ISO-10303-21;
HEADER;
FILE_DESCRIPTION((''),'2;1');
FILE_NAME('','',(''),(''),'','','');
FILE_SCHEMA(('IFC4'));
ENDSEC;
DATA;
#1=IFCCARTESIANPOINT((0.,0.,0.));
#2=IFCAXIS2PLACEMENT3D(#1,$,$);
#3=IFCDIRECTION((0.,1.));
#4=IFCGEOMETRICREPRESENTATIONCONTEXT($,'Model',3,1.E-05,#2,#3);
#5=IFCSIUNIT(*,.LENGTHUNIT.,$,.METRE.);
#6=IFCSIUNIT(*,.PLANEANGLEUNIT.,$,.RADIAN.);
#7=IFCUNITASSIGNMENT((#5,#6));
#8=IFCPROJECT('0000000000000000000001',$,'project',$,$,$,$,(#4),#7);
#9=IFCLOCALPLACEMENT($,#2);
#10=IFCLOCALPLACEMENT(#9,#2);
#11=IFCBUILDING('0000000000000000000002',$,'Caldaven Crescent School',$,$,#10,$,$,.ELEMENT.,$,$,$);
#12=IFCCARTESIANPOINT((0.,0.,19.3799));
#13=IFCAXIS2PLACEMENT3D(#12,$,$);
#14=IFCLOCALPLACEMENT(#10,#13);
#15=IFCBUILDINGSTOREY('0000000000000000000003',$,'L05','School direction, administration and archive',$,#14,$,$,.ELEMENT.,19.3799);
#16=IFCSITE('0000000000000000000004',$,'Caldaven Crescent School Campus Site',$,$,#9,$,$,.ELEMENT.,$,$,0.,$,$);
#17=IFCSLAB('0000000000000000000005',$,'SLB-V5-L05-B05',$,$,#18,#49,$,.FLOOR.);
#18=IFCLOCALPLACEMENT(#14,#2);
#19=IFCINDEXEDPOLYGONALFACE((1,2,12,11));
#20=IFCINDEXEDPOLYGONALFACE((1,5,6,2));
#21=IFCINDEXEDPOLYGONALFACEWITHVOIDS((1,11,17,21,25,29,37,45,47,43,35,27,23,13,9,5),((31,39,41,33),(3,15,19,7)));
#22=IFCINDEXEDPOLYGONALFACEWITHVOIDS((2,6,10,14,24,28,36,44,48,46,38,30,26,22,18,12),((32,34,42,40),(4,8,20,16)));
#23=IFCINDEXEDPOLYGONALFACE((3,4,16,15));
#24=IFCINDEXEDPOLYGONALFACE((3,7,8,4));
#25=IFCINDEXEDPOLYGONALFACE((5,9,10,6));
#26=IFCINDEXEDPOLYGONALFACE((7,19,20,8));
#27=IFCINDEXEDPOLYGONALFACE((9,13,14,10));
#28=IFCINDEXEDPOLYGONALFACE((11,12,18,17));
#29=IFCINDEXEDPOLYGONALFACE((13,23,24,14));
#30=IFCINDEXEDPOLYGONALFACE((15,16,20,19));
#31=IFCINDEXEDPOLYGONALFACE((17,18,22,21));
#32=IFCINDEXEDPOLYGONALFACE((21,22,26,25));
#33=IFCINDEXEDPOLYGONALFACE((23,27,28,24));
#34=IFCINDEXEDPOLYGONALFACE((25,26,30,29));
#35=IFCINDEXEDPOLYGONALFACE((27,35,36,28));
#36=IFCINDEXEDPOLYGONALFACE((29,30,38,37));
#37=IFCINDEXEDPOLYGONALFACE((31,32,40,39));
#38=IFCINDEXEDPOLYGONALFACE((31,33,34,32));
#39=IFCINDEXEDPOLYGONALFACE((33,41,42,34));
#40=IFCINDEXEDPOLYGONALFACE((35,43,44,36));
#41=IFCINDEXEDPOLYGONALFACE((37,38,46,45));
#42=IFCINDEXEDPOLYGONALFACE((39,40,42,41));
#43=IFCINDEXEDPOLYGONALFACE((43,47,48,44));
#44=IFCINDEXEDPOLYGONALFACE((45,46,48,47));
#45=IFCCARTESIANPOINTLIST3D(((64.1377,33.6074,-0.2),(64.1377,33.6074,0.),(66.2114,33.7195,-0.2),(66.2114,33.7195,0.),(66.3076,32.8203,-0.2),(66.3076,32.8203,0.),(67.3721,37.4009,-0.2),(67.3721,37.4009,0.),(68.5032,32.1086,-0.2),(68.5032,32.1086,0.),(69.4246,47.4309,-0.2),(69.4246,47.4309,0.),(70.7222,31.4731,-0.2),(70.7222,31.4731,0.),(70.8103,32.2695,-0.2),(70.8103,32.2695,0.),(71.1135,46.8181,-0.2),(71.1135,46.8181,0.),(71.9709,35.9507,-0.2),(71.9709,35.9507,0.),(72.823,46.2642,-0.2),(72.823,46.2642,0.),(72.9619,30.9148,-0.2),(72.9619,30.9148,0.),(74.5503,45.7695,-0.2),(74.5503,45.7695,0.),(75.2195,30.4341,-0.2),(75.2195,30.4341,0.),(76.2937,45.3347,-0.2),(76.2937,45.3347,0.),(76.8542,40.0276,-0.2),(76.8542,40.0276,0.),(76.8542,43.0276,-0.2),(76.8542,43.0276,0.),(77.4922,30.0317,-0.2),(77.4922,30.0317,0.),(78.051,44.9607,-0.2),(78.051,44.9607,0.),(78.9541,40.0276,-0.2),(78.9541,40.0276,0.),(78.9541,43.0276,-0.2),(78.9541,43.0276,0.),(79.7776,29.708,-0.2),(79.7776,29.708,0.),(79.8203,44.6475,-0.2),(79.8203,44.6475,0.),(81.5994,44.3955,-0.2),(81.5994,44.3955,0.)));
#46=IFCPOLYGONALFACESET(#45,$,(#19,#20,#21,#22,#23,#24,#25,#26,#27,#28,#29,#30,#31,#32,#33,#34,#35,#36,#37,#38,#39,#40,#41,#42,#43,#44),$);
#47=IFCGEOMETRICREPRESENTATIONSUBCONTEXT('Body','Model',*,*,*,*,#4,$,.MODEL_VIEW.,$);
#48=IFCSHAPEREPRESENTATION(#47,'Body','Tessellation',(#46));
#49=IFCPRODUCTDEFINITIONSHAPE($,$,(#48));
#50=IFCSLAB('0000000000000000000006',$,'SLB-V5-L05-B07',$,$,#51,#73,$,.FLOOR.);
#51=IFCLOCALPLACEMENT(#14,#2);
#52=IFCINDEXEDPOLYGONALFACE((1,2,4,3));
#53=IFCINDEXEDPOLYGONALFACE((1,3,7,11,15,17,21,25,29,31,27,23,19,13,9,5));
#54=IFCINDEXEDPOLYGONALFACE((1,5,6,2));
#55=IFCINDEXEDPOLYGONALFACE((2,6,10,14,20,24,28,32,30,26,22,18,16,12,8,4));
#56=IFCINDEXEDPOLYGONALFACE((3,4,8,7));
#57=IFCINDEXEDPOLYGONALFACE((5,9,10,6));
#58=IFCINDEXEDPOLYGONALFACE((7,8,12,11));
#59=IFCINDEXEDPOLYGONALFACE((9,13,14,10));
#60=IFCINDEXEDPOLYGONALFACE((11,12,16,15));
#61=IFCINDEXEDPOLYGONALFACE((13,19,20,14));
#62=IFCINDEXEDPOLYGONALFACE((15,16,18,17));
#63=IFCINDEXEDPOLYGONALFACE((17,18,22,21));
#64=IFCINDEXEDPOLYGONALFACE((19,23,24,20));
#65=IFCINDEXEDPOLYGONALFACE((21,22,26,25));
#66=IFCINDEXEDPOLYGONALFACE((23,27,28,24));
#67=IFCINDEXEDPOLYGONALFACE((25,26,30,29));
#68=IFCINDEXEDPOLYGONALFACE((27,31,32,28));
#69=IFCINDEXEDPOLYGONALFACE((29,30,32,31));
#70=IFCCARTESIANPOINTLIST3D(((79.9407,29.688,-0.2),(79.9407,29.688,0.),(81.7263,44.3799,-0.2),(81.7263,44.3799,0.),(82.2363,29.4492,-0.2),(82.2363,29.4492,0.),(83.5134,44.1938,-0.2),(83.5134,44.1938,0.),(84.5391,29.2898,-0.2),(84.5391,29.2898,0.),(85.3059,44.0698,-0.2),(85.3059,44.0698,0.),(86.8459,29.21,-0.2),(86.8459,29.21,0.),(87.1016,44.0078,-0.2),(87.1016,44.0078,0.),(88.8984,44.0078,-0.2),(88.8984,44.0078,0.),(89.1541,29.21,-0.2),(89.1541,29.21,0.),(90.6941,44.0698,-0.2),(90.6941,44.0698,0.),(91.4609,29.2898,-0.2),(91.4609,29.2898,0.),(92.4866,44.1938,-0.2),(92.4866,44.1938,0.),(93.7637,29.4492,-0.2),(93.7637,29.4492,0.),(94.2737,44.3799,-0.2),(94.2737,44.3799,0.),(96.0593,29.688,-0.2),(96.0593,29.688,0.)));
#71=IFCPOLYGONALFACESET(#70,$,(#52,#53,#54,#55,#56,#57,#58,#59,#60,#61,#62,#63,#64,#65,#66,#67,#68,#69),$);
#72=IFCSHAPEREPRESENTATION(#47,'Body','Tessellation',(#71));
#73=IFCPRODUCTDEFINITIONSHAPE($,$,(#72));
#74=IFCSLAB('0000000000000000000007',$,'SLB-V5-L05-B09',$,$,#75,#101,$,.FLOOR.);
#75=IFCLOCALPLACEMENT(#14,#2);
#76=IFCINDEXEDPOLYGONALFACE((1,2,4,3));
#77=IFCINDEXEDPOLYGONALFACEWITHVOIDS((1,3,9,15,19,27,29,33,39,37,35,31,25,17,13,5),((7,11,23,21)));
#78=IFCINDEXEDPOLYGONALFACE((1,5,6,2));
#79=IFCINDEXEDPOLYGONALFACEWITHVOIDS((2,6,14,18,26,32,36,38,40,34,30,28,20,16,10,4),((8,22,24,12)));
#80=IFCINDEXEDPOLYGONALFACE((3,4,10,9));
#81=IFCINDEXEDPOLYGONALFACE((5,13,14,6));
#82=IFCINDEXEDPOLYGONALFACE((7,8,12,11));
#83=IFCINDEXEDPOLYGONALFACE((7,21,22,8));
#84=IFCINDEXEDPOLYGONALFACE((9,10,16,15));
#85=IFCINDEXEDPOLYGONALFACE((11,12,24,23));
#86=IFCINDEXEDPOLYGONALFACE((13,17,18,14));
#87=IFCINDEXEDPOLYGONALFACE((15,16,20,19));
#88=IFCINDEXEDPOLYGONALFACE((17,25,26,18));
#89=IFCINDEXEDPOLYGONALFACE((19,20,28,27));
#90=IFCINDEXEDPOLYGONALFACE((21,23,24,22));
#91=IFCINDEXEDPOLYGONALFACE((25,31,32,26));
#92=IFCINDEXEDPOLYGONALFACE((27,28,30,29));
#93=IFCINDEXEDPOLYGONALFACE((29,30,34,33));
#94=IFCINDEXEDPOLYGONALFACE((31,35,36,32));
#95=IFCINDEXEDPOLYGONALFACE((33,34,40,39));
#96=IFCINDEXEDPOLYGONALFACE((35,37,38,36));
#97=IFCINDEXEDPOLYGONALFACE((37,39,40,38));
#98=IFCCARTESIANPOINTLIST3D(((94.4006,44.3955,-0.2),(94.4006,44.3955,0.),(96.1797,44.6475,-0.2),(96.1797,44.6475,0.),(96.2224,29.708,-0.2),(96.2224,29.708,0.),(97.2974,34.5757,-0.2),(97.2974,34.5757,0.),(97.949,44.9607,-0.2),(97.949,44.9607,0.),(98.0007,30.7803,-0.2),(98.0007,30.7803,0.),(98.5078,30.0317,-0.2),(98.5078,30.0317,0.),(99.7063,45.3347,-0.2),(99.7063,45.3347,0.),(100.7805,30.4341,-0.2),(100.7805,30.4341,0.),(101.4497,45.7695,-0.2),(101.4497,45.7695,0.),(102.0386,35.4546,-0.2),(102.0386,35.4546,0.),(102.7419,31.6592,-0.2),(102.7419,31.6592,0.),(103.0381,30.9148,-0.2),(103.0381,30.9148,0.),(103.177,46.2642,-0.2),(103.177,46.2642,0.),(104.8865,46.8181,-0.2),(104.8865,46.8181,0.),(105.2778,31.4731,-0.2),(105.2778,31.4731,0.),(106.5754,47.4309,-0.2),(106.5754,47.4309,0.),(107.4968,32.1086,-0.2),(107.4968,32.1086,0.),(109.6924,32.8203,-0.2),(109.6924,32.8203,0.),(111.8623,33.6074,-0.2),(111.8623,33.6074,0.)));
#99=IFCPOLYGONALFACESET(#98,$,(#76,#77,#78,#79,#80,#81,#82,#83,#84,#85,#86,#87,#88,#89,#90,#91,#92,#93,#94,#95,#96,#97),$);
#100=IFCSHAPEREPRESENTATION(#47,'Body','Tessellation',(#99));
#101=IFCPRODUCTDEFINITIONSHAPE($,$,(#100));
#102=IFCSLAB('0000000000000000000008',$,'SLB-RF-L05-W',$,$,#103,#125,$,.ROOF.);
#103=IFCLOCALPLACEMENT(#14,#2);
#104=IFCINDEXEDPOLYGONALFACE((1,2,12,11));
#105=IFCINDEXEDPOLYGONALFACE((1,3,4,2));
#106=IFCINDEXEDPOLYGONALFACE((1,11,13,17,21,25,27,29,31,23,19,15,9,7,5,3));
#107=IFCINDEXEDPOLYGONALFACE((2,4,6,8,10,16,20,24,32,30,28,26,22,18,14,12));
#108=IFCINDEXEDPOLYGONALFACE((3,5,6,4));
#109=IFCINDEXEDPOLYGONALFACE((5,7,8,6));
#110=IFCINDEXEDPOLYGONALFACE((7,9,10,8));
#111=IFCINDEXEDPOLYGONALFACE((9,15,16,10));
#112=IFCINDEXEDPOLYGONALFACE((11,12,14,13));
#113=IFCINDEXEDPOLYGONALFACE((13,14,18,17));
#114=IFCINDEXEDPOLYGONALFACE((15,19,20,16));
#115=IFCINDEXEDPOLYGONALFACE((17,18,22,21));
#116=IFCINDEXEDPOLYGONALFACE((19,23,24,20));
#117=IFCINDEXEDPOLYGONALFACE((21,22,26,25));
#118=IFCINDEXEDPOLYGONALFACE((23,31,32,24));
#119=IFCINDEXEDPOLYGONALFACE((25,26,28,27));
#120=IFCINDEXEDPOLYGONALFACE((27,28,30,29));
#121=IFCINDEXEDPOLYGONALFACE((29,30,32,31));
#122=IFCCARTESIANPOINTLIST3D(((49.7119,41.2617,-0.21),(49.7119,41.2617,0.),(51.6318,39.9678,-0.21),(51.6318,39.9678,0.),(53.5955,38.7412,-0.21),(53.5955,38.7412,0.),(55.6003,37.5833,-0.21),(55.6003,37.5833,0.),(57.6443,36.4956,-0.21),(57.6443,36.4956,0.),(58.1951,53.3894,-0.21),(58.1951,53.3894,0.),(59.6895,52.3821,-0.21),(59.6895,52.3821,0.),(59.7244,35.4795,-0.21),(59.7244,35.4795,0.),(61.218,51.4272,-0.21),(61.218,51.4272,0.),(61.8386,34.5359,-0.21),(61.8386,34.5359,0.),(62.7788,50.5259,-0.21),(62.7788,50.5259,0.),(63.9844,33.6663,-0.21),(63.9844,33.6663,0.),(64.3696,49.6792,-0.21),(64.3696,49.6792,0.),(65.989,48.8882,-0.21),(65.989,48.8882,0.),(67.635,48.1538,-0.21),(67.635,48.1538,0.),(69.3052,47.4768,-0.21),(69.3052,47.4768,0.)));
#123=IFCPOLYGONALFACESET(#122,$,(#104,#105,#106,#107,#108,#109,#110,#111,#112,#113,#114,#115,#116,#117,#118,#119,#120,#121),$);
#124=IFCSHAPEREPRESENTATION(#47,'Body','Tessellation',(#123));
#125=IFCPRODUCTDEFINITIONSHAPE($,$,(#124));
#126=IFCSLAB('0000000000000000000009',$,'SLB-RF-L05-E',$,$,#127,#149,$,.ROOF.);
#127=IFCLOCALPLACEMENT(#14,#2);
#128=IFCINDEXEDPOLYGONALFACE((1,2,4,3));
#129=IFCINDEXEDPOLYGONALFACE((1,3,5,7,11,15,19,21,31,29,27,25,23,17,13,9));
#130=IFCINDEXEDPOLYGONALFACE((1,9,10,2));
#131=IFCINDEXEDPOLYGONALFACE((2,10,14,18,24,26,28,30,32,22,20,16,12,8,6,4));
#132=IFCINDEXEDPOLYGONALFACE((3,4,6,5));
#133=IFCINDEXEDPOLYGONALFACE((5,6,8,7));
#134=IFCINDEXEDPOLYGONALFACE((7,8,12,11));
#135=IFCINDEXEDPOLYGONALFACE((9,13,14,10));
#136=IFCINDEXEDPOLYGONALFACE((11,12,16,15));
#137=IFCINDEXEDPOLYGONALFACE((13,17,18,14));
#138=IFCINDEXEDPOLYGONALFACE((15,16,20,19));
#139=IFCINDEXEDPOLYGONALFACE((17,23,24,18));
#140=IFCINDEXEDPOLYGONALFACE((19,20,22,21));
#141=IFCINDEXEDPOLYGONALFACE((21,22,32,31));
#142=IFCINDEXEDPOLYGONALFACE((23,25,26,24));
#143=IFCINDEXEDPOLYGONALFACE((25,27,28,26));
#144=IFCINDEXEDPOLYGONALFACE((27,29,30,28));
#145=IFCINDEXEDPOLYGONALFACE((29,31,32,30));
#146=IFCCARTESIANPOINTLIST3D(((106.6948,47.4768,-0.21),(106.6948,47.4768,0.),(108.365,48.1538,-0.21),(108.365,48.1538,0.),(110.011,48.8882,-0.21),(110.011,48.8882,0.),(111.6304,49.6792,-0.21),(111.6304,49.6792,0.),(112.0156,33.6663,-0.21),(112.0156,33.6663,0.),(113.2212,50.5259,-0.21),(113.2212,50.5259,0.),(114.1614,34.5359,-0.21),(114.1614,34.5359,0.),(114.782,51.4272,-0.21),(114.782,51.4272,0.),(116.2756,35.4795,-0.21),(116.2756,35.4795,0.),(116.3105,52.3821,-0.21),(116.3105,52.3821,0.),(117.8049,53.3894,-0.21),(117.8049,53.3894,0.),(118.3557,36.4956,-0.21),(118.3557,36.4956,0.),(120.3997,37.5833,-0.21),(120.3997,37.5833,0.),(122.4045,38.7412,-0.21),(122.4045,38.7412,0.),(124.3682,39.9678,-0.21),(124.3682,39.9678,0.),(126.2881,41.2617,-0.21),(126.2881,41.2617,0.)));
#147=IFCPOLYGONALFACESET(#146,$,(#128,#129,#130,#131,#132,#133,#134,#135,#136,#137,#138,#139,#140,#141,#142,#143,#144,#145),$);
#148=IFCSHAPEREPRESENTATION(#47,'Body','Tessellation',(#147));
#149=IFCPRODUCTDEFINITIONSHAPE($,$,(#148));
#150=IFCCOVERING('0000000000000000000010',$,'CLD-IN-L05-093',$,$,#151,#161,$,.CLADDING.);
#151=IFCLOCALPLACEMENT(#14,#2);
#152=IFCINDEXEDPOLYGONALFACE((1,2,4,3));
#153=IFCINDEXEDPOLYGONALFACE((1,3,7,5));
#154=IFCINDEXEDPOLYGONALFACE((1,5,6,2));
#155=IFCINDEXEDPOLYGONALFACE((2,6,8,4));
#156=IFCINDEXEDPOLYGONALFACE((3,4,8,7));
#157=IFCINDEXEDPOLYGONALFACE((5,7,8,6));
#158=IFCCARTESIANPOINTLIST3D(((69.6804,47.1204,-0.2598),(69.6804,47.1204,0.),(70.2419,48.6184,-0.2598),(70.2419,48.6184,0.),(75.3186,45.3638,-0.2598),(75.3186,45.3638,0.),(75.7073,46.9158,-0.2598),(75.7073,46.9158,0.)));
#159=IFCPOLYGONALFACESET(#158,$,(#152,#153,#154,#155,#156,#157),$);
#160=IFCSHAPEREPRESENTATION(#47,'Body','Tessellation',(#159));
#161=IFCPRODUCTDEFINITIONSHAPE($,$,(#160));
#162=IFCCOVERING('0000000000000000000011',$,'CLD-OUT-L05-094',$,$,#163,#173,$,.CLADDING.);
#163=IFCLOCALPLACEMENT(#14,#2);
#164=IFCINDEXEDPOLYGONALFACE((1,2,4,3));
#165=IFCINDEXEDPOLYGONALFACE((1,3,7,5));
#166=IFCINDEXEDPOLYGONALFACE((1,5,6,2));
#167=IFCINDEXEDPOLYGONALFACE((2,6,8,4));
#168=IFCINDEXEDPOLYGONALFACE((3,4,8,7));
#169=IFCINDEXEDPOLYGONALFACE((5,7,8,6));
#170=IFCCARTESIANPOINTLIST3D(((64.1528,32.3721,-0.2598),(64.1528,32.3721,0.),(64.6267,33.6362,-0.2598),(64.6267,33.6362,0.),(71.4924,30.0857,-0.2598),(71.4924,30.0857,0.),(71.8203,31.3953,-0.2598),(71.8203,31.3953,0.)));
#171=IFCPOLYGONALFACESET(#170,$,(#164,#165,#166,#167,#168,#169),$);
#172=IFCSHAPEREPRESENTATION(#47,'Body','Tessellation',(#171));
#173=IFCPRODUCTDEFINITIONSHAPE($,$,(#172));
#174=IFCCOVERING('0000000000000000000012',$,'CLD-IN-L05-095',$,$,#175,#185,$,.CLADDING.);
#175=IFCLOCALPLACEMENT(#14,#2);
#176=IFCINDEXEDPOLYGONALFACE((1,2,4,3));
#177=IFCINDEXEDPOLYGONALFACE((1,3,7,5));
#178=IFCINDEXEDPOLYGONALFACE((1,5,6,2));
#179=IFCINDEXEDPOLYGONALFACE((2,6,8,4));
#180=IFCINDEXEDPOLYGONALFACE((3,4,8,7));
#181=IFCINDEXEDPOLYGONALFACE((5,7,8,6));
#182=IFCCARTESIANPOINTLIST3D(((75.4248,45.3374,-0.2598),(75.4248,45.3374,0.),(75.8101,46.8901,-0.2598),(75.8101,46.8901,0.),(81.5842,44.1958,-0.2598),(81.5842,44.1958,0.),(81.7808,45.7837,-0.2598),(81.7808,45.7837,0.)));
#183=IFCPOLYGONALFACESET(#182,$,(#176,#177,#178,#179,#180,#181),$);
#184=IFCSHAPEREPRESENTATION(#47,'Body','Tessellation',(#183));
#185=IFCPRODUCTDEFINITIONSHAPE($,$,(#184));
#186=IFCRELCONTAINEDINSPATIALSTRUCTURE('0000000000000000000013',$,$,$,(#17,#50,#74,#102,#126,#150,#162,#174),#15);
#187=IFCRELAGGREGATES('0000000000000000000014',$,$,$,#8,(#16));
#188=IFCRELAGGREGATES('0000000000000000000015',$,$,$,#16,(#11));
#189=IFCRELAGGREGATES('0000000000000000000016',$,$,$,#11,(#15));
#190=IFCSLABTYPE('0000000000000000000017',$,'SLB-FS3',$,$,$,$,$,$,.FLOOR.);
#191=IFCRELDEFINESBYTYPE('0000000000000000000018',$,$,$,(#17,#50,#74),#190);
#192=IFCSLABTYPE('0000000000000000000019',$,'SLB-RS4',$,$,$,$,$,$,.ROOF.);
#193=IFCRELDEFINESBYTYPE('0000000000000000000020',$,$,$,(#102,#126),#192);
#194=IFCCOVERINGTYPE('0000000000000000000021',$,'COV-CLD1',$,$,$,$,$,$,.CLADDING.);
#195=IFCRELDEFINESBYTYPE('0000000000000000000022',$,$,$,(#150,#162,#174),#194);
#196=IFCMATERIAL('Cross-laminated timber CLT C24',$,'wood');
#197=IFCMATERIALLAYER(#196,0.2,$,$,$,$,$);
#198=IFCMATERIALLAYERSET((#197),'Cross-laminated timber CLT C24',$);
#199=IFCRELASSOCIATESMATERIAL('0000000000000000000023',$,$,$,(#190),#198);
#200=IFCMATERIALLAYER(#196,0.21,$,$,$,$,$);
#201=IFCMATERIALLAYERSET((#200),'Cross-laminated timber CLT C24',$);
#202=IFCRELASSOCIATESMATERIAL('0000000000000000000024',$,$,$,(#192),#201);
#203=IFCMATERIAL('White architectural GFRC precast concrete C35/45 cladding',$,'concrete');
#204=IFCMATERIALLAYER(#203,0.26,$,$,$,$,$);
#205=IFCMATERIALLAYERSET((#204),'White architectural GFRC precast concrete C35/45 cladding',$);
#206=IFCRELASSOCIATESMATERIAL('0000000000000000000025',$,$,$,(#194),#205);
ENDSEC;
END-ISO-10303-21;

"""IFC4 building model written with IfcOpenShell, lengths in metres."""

from ifc_helpers import new_model, si_unit, direction, frame, origin, place, context, subcontext, project, spatial, polyline, outline, extrude, material, layer, layer_set, type_object, element, save


model = new_model("IFC4")

# Units and contexts
model_context = context("Model", 3, precision=1e-05, world=origin(), true_north=direction((0.0, 1.0)))
body_context = subcontext(model_context, "Body", "Model", "MODEL_VIEW")
ifc_project = project(units=[si_unit("LENGTHUNIT", "METRE"), si_unit("PLANEANGLEUNIT", "RADIAN")], contexts=[model_context])

# Site, building, storey
site_placement = place(None, origin())
site = spatial("IfcSite", under=ifc_project, at=site_placement, Name="Caldaven Crescent School Campus Site", CompositionType="ELEMENT", RefElevation=0.0)
building_placement = place(site_placement, origin())
building = spatial("IfcBuilding", under=site, at=building_placement, Name="Caldaven Crescent School", CompositionType="ELEMENT")
storey_placement = place(building_placement, frame((0.0, 0.0, 19.3799)))
storey = spatial("IfcBuildingStorey", under=building, at=storey_placement, Name="L05", Description="School direction, administration and archive", CompositionType="ELEMENT", Elevation=19.3799)

# Slabs
ifc_material_1 = material(Name="Cross-laminated timber CLT C24", Category="wood")
ifc_layer_1 = layer(ifc_material_1, 0.2)
ifc_layer_set_1 = layer_set([ifc_layer_1], Name="Cross-laminated timber CLT C24")
slab_type_1 = type_object("IfcSlabType", Name="SLB-FS3", PredefinedType="FLOOR", material=ifc_layer_set_1)
slab_1_placement = place(storey_placement, frame((0.0, 0.0, -0.2)))
element("IfcSlab", 1, at=slab_1_placement, inside=storey, type_object=slab_type_1, Name="SLB-V5-L05-B05", PredefinedType="FLOOR", context=body_context, shape_type="SweptSolid", body=[
    extrude(outline(polyline([(64.1377, 33.6074), (66.3076, 32.8203), (68.5032, 32.1086), (70.7222, 31.4731), (72.9619, 30.9148), (75.2195, 30.4341), (77.4922, 30.0317), (79.7776, 29.708), (81.5994, 44.3955), (79.8203, 44.6475), (78.051, 44.9607), (76.2937, 45.3347), (74.5503, 45.7695), (72.823, 46.2642), (71.1135, 46.8181), (69.4246, 47.4309), (64.1377, 33.6074)]), holes=[polyline([(76.8542, 40.0276), (76.8542, 43.0276), (78.9541, 43.0276), (78.9541, 40.0276), (76.8542, 40.0276)]), polyline([(66.2114, 33.7195), (67.3721, 37.4009), (71.9709, 35.9507), (70.8103, 32.2695), (66.2114, 33.7195)])]), origin(), (0.0, 0.0, 1.0), 0.2),
])
slab_2_placement = place(storey_placement, frame((0.0, 0.0, -0.2)))
element("IfcSlab", 2, at=slab_2_placement, inside=storey, type_object=slab_type_1, Name="SLB-V5-L05-B07", PredefinedType="FLOOR", context=body_context, shape_type="SweptSolid", body=[
    extrude(outline(polyline([(79.9407, 29.688), (82.2363, 29.4492), (84.5391, 29.2898), (86.8459, 29.21), (89.1541, 29.21), (91.4609, 29.2898), (93.7637, 29.4492), (96.0593, 29.688), (94.2737, 44.3799), (92.4866, 44.1938), (90.6941, 44.0698), (88.8984, 44.0078), (87.1016, 44.0078), (85.3059, 44.0698), (83.5134, 44.1938), (81.7263, 44.3799), (79.9407, 29.688)])), origin(), (0.0, 0.0, 1.0), 0.2),
])
slab_3_placement = place(storey_placement, frame((0.0, 0.0, -0.2)))
element("IfcSlab", 3, at=slab_3_placement, inside=storey, type_object=slab_type_1, Name="SLB-V5-L05-B09", PredefinedType="FLOOR", context=body_context, shape_type="SweptSolid", body=[
    extrude(outline(polyline([(96.2224, 29.708), (98.5078, 30.0317), (100.7805, 30.4341), (103.0381, 30.9148), (105.2778, 31.4731), (107.4968, 32.1086), (109.6924, 32.8203), (111.8623, 33.6074), (106.5754, 47.4309), (104.8865, 46.8181), (103.177, 46.2642), (101.4497, 45.7695), (99.7063, 45.3347), (97.949, 44.9607), (96.1797, 44.6475), (94.4006, 44.3955), (96.2224, 29.708)]), holes=[polyline([(98.0007, 30.7803), (97.2974, 34.5757), (102.0386, 35.4546), (102.7419, 31.6592), (98.0007, 30.7803)])]), origin(), (0.0, 0.0, 1.0), 0.2),
])
ifc_layer_2 = layer(ifc_material_1, 0.21)
ifc_layer_set_2 = layer_set([ifc_layer_2], Name="Cross-laminated timber CLT C24")
slab_type_2 = type_object("IfcSlabType", Name="SLB-RS4", PredefinedType="ROOF", material=ifc_layer_set_2)
slab_4_placement = place(storey_placement, frame((0.0, 0.0, -0.21)))
element("IfcSlab", 4, at=slab_4_placement, inside=storey, type_object=slab_type_2, Name="SLB-RF-L05-W", PredefinedType="ROOF", context=body_context, shape_type="SweptSolid", body=[
    extrude(outline(polyline([(49.7119, 41.2617), (51.6318, 39.9678), (53.5955, 38.7412), (55.6003, 37.5833), (57.6443, 36.4956), (59.7244, 35.4795), (61.8386, 34.5359), (63.9844, 33.6663), (69.3052, 47.4768), (67.635, 48.1538), (65.989, 48.8882), (64.3696, 49.6792), (62.7788, 50.5259), (61.218, 51.4272), (59.6895, 52.3821), (58.1951, 53.3894), (49.7119, 41.2617)])), origin(), (0.0, 0.0, 1.0), 0.21),
])
slab_5_placement = place(storey_placement, frame((0.0, 0.0, -0.21)))
element("IfcSlab", 5, at=slab_5_placement, inside=storey, type_object=slab_type_2, Name="SLB-RF-L05-E", PredefinedType="ROOF", context=body_context, shape_type="SweptSolid", body=[
    extrude(outline(polyline([(112.0156, 33.6663), (114.1614, 34.5359), (116.2756, 35.4795), (118.3557, 36.4956), (120.3997, 37.5833), (122.4045, 38.7412), (124.3682, 39.9678), (126.2881, 41.2617), (117.8049, 53.3894), (116.3105, 52.3821), (114.782, 51.4272), (113.2212, 50.5259), (111.6304, 49.6792), (110.011, 48.8882), (108.365, 48.1538), (106.6948, 47.4768), (112.0156, 33.6663)])), origin(), (0.0, 0.0, 1.0), 0.21),
])

# Coverings
ifc_material_2 = material(Name="White architectural GFRC precast concrete C35/45 cladding", Category="concrete")
ifc_layer_3 = layer(ifc_material_2, 0.26)
ifc_layer_set_3 = layer_set([ifc_layer_3], Name="White architectural GFRC precast concrete C35/45 cladding")
covering_type = type_object("IfcCoveringType", Name="COV-CLD1", PredefinedType="CLADDING", material=ifc_layer_set_3)
covering_1_placement = place(storey_placement, frame((0.0, 0.0, -0.2598)))
element("IfcCovering", 6, at=covering_1_placement, inside=storey, type_object=covering_type, Name="CLD-IN-L05-093", PredefinedType="CLADDING", context=body_context, shape_type="SweptSolid", body=[
    extrude(outline(polyline([(70.2419, 48.6184), (75.7073, 46.9158), (75.3186, 45.3638), (69.6804, 47.1204), (70.2419, 48.6184)])), origin(), (0.0, 0.0, 1.0), 0.2598),
])
covering_2_placement = place(storey_placement, frame((0.0, 0.0, -0.2598)))
element("IfcCovering", 7, at=covering_2_placement, inside=storey, type_object=covering_type, Name="CLD-OUT-L05-094", PredefinedType="CLADDING", context=body_context, shape_type="SweptSolid", body=[
    extrude(outline(polyline([(64.6267, 33.6362), (71.8203, 31.3953), (71.4924, 30.0857), (64.1528, 32.3721), (64.6267, 33.6362)])), origin(), (0.0, 0.0, 1.0), 0.2598),
])
covering_3_placement = place(storey_placement, frame((0.0, 0.0, -0.2598)))
element("IfcCovering", 8, at=covering_3_placement, inside=storey, type_object=covering_type, Name="CLD-IN-L05-095", PredefinedType="CLADDING", context=body_context, shape_type="SweptSolid", body=[
    extrude(outline(polyline([(75.8101, 46.8901), (81.7808, 45.7837), (81.5842, 44.1958), (75.4248, 45.3374), (75.8101, 46.8901)])), origin(), (0.0, 0.0, 1.0), 0.2598),
])

save(model, "model.ifc")
